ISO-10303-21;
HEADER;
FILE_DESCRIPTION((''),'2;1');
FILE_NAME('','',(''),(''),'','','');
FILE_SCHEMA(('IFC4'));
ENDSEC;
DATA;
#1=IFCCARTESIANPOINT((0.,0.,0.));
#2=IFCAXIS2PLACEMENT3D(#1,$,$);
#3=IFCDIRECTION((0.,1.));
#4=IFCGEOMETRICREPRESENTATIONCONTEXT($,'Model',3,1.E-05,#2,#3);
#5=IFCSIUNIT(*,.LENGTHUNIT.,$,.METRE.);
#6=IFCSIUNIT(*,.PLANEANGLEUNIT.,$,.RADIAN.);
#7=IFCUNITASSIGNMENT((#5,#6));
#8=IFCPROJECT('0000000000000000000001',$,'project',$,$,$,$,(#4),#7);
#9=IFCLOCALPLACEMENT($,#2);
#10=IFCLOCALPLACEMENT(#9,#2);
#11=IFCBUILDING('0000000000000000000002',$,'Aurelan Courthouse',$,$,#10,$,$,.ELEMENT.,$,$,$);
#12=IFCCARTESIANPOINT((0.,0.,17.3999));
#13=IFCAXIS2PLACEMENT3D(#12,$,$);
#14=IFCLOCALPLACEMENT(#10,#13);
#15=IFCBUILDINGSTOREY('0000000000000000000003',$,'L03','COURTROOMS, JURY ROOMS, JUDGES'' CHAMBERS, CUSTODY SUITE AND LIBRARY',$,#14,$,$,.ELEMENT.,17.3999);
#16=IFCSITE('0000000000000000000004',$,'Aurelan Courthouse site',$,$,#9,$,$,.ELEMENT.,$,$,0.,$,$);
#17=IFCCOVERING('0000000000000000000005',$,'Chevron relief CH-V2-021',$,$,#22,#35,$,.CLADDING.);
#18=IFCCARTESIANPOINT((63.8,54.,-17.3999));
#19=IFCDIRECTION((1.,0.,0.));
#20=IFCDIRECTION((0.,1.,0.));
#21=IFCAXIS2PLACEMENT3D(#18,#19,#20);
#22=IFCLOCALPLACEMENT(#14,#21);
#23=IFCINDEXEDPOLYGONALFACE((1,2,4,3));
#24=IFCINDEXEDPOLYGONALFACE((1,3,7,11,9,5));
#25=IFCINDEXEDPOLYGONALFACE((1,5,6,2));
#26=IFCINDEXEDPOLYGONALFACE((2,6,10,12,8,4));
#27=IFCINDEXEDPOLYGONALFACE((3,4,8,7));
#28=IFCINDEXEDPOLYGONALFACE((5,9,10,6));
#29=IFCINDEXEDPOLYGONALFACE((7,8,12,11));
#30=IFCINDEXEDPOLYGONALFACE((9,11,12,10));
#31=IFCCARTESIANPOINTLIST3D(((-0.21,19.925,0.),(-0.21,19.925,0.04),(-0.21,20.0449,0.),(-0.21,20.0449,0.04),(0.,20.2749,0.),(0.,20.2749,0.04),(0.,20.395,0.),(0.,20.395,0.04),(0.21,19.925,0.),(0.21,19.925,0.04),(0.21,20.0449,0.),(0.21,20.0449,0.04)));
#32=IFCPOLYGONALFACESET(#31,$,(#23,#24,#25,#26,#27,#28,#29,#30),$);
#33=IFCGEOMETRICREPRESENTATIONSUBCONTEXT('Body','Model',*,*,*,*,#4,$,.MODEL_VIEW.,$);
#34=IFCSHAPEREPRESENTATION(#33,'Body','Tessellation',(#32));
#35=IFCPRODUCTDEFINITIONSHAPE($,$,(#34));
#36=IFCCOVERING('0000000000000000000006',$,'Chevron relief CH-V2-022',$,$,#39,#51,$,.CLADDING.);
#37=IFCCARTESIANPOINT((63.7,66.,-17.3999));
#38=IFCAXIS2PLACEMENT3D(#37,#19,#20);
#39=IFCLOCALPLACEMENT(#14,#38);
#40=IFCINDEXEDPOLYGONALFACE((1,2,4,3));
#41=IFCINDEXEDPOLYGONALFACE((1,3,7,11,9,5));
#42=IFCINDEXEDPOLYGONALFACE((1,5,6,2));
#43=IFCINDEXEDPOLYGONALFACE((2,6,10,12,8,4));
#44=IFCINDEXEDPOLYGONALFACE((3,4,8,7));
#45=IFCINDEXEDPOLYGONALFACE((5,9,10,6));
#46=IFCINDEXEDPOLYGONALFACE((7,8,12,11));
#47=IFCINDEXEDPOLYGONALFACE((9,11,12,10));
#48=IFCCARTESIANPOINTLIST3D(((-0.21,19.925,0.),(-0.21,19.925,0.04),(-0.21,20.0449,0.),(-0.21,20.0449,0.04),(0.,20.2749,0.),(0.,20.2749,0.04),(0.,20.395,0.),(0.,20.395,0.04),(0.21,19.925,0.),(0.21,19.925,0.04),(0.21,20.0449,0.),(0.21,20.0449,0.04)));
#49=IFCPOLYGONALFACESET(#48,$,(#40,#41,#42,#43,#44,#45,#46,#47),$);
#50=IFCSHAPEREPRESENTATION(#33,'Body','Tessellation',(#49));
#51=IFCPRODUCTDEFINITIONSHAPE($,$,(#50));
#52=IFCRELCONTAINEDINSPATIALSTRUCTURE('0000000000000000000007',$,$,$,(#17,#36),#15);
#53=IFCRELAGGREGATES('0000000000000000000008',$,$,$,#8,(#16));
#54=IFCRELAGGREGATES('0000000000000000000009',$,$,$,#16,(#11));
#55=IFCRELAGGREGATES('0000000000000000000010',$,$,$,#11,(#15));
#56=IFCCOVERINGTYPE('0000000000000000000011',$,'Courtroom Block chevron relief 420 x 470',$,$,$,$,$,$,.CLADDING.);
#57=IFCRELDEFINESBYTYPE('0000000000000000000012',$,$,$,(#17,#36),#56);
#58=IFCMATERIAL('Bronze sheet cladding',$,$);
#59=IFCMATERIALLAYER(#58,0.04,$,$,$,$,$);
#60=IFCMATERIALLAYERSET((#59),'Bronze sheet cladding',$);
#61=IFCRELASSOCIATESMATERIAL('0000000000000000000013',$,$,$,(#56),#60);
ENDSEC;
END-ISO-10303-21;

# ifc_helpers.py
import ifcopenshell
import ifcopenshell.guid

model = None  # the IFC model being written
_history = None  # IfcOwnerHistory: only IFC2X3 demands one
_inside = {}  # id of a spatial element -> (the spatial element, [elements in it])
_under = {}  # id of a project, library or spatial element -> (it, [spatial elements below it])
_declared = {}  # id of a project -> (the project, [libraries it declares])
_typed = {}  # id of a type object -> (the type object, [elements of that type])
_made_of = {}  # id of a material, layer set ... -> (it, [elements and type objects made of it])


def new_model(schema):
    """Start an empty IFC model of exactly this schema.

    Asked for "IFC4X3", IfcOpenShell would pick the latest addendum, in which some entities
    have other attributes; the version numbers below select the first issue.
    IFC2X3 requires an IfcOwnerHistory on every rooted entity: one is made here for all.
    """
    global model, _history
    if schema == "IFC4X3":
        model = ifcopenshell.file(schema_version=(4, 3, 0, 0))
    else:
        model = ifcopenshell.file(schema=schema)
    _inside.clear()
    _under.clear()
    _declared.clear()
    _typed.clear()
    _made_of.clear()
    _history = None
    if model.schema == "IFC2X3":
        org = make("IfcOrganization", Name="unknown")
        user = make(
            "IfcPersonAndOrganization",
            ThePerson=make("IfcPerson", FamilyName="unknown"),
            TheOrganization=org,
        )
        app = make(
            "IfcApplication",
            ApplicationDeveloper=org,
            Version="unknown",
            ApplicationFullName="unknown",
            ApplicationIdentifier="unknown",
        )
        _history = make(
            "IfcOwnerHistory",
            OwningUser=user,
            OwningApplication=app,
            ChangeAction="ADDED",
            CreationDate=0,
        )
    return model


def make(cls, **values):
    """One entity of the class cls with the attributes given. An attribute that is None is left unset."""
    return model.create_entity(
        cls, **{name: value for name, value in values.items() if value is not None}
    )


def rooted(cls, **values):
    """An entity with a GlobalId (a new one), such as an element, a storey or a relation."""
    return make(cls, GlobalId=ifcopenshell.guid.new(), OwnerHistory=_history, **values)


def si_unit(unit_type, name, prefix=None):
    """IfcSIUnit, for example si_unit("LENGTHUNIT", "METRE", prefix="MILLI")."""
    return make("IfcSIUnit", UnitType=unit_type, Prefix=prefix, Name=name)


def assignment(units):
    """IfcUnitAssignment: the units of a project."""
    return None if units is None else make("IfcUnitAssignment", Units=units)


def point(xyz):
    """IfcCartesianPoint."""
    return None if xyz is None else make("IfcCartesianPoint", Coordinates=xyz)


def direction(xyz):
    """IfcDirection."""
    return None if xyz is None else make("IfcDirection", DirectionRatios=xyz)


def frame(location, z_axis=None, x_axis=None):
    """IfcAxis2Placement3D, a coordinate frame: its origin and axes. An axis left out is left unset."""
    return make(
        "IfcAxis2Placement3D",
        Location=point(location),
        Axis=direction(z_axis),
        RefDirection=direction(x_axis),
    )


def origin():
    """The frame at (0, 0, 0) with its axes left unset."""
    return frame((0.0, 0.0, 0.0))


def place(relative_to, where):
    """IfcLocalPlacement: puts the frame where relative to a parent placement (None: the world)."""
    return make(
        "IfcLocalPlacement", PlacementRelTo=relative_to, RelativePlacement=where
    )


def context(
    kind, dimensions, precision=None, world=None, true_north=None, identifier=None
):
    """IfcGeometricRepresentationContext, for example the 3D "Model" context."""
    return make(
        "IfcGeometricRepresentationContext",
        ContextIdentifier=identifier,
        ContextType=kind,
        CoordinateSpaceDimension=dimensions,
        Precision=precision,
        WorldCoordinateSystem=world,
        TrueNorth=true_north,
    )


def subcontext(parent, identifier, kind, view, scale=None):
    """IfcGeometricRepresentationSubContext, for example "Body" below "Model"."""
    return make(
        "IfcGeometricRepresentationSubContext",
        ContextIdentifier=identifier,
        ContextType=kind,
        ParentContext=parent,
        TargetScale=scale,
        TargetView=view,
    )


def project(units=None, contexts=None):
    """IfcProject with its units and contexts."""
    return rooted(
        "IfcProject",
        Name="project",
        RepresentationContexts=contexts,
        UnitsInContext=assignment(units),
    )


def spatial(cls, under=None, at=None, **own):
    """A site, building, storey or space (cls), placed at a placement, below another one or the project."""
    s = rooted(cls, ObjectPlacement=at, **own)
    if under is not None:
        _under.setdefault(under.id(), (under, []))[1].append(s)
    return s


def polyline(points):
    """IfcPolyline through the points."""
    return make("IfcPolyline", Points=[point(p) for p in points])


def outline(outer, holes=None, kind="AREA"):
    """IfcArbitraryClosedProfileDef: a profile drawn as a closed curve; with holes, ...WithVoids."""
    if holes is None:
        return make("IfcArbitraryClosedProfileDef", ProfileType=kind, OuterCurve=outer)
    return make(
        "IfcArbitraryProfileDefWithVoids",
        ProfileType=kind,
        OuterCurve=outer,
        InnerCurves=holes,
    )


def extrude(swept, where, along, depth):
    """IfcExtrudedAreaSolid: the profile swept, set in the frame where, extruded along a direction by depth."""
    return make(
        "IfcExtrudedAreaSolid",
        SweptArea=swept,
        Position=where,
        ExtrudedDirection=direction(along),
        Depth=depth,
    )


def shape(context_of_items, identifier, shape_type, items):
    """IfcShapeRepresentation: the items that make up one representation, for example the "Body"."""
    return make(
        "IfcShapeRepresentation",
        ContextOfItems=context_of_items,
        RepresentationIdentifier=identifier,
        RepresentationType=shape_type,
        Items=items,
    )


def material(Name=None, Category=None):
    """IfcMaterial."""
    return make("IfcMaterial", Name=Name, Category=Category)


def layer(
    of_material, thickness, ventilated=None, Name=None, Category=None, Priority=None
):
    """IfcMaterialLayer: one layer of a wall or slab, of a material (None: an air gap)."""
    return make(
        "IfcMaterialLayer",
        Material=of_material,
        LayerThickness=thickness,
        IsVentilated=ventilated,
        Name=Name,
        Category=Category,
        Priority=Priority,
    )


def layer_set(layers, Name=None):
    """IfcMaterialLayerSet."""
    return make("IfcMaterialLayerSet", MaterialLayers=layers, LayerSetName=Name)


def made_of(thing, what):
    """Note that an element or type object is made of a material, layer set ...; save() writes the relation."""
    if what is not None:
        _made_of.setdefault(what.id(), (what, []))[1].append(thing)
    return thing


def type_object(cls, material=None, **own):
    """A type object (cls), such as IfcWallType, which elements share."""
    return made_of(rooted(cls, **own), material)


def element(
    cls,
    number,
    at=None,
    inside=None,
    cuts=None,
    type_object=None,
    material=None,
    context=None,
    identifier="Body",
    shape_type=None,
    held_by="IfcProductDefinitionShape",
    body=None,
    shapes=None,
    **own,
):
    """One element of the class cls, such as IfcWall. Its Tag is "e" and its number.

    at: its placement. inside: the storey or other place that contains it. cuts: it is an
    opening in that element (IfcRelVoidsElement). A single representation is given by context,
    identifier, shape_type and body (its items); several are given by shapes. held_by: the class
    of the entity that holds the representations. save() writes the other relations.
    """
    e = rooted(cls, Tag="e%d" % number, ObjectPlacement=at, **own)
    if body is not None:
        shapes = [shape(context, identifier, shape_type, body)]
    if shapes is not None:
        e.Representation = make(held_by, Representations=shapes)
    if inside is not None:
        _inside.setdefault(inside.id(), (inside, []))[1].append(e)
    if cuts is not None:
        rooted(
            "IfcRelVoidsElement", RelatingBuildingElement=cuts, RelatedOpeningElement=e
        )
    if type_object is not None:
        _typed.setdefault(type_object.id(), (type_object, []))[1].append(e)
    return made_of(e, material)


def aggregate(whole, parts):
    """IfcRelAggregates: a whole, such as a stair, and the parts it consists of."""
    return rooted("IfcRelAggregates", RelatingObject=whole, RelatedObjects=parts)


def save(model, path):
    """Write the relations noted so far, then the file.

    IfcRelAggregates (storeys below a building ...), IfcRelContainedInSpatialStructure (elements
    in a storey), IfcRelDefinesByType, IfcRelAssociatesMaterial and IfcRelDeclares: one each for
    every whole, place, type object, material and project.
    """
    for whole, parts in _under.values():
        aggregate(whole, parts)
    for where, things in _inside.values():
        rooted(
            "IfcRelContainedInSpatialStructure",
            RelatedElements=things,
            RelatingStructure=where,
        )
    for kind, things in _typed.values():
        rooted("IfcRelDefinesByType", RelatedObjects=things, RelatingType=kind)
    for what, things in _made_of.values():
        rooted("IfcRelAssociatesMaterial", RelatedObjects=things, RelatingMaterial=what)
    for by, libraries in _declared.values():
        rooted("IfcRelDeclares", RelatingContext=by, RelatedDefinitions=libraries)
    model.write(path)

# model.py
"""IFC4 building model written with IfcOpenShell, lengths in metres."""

from ifc_helpers import new_model, si_unit, direction, frame, origin, place, context, subcontext, project, spatial, polyline, outline, extrude, material, layer, layer_set, type_object, element, save


model = new_model("IFC4")

# Units and contexts
model_context = context("Model", 3, precision=1e-05, world=origin(), true_north=direction((0.0, 1.0)))
body_context = subcontext(model_context, "Body", "Model", "MODEL_VIEW")
ifc_project = project(units=[si_unit("LENGTHUNIT", "METRE"), si_unit("PLANEANGLEUNIT", "RADIAN")], contexts=[model_context])

# Site, building, storey
site_placement = place(None, origin())
site = spatial("IfcSite", under=ifc_project, at=site_placement, Name="Aurelan Courthouse site", CompositionType="ELEMENT", RefElevation=0.0)
building_placement = place(site_placement, origin())
building = spatial("IfcBuilding", under=site, at=building_placement, Name="Aurelan Courthouse", CompositionType="ELEMENT")
storey_placement = place(building_placement, frame((0.0, 0.0, 17.3999)))
storey = spatial("IfcBuildingStorey", under=building, at=storey_placement, Name="L03", Description="COURTROOMS, JURY ROOMS, JUDGES' CHAMBERS, CUSTODY SUITE AND LIBRARY", CompositionType="ELEMENT", Elevation=17.3999)

# Coverings
ifc_material_1 = material(Name="Bronze sheet cladding")
ifc_layer_1 = layer(ifc_material_1, 0.04)
ifc_layer_set_1 = layer_set([ifc_layer_1], Name="Bronze sheet cladding")
covering_type = type_object("IfcCoveringType", Name="Courtroom Block chevron relief 420 x 470", PredefinedType="CLADDING", material=ifc_layer_set_1)
for number, where, z_axis, x_axis, name in (
    (1, (63.8, 54.0, -17.3999), (1.0, 0.0, 0.0), (0.0, 1.0, 0.0), "Chevron relief CH-V2-021"),
    (2, (63.7, 66.0, -17.3999), (1.0, 0.0, 0.0), (0.0, 1.0, 0.0), "Chevron relief CH-V2-022"),
):
    element("IfcCovering", number, at=place(storey_placement, frame(where, z_axis=z_axis, x_axis=x_axis)), inside=storey, type_object=covering_type, Name=name, PredefinedType="CLADDING", context=body_context, shape_type="SweptSolid", body=[
        extrude(outline(polyline([(-0.21, 19.925), (0.0, 20.2749), (0.21, 19.925), (0.21, 20.0449), (0.0, 20.395), (-0.21, 20.0449), (-0.21, 19.925)])), origin(), (0.0, 0.0, 1.0), 0.04),
    ])

save(model, "model.ifc")
